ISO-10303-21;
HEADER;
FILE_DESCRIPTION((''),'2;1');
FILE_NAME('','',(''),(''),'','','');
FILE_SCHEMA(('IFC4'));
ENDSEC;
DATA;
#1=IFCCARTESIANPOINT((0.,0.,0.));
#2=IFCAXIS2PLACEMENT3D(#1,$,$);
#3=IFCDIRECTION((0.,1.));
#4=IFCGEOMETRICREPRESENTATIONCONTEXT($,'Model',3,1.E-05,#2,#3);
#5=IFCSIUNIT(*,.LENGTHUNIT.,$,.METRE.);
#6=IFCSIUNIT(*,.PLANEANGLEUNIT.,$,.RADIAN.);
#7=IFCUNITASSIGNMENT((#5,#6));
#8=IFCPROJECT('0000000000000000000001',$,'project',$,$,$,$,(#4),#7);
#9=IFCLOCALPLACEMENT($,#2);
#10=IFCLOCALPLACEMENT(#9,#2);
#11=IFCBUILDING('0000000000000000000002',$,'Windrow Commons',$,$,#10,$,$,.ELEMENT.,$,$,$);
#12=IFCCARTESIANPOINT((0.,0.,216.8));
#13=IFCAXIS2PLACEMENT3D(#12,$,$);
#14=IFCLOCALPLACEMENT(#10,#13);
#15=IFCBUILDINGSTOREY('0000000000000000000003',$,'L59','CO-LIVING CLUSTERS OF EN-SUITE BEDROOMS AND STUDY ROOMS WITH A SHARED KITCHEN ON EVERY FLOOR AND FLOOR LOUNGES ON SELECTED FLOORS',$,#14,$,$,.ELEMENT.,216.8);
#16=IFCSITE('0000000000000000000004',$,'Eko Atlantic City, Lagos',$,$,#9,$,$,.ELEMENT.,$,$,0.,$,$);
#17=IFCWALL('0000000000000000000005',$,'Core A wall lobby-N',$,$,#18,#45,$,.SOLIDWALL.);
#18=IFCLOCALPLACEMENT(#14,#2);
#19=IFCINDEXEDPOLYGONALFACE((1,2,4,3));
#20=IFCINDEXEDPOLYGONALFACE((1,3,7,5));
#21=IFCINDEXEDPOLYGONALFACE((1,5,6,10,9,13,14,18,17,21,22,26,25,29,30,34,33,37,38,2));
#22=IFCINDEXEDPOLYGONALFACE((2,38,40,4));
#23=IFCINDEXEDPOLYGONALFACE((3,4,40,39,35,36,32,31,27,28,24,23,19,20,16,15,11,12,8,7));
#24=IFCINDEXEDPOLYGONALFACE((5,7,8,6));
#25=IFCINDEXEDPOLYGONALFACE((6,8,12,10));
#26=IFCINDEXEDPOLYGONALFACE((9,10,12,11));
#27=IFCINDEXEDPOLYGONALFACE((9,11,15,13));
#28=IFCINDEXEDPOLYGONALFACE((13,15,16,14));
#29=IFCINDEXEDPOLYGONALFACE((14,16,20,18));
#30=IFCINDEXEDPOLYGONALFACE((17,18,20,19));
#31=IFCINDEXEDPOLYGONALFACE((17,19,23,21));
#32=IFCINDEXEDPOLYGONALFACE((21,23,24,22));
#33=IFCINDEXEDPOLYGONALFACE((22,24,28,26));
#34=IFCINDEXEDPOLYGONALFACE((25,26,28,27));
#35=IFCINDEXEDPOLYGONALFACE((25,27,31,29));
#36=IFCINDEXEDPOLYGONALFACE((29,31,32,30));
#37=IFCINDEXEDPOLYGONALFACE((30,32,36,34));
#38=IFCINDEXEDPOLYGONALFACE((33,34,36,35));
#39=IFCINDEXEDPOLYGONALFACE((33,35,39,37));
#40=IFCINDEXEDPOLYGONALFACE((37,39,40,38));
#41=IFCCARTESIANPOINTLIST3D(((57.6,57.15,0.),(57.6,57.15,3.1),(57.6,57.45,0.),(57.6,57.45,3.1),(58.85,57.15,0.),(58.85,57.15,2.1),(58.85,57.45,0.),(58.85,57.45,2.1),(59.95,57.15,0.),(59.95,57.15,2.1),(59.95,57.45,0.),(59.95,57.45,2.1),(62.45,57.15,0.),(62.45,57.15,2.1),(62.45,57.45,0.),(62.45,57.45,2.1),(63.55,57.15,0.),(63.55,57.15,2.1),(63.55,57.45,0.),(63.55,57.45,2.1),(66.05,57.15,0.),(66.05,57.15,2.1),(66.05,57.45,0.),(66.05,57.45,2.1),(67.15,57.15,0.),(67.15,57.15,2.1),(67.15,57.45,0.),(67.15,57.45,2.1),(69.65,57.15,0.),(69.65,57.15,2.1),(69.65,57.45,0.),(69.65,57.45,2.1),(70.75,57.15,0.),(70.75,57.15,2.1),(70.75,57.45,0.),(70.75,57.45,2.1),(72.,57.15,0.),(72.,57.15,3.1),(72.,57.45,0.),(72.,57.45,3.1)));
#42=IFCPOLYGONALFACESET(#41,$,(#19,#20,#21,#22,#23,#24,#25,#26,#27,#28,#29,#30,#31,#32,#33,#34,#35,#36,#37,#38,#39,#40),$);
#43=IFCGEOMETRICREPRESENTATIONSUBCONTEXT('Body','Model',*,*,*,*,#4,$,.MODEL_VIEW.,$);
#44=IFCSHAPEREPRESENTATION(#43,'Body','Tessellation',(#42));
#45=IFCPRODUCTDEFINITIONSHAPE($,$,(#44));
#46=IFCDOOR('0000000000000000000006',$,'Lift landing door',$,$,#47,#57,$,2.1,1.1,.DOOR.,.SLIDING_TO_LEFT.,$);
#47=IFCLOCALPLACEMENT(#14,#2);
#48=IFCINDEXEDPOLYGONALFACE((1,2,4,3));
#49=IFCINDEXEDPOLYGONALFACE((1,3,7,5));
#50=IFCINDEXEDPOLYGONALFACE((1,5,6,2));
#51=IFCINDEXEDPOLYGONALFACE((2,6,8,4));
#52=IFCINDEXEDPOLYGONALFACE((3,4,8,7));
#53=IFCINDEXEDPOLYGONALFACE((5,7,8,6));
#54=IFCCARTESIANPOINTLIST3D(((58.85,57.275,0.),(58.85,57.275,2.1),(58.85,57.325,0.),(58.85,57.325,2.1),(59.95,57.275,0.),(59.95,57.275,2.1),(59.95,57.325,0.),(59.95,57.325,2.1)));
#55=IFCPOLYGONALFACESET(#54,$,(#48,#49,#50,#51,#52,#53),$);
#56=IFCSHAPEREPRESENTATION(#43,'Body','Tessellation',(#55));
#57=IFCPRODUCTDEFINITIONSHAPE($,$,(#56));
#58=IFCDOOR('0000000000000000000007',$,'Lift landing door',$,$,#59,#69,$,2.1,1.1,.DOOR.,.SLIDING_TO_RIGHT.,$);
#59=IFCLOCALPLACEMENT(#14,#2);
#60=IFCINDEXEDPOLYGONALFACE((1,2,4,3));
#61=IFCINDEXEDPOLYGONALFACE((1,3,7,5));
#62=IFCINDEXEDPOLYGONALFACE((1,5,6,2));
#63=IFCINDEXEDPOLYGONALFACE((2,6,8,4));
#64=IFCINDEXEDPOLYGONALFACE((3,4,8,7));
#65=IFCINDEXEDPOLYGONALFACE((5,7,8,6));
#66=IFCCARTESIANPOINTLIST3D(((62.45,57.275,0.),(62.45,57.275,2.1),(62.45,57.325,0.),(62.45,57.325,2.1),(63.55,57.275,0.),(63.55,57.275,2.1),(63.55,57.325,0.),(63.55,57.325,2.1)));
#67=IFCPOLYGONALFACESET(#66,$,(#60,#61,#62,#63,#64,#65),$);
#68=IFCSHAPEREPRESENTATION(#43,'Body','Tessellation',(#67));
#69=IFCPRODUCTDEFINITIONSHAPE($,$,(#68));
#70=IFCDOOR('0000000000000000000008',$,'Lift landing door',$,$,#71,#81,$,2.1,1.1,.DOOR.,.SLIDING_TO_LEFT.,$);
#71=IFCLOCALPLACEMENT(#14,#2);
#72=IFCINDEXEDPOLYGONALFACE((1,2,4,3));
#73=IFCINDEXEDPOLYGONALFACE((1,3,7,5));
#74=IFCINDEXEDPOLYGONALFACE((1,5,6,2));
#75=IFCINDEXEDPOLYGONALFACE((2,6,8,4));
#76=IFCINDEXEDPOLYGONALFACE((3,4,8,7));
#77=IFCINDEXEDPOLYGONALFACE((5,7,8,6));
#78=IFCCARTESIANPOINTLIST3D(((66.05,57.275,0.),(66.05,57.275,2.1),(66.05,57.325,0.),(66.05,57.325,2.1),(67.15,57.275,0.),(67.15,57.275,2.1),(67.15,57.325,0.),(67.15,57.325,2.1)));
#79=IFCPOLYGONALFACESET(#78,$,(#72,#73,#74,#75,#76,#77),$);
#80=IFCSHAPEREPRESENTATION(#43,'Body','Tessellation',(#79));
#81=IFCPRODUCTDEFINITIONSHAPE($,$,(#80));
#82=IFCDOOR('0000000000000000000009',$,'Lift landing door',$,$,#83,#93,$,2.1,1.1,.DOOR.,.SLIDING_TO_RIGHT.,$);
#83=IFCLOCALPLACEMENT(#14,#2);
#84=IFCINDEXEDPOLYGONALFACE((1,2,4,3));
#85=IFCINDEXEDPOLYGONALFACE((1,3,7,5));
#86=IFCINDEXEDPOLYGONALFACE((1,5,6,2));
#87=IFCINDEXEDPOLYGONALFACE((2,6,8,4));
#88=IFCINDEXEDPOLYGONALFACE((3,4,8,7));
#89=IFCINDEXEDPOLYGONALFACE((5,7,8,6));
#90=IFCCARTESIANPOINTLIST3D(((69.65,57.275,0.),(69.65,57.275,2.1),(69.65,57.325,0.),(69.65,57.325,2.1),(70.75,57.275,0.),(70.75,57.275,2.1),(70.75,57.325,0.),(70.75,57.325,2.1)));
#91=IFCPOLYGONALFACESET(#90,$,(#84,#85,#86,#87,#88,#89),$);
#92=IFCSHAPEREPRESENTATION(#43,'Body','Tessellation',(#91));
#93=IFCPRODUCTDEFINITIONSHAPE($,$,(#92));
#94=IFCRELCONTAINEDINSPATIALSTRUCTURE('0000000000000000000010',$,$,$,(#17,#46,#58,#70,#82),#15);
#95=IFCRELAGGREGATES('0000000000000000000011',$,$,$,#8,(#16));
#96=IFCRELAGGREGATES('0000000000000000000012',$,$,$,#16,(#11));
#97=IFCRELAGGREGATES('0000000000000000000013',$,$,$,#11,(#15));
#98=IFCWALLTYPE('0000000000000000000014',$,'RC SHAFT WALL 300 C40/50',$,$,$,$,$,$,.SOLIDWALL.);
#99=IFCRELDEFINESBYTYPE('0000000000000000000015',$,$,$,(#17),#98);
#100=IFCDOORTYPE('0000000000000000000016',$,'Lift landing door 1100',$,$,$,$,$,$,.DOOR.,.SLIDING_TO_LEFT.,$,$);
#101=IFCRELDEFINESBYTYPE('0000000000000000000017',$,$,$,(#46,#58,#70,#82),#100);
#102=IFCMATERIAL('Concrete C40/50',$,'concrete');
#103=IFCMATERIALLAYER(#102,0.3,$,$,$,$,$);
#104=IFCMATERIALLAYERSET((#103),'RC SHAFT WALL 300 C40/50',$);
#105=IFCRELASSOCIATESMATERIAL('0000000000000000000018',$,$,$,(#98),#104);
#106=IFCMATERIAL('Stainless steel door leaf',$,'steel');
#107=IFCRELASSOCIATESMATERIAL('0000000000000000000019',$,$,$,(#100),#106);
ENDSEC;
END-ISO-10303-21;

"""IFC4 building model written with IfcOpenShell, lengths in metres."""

from ifc_helpers import new_model, si_unit, direction, frame, frame_2d, origin, place, context, subcontext, project, spatial, rectangle, extrude, material, layer, layer_set, type_object, element, fill, save


model = new_model("IFC4")

# Units and contexts
model_context = context("Model", 3, precision=1e-05, world=origin(), true_north=direction((0.0, 1.0)))
body_context = subcontext(model_context, "Body", "Model", "MODEL_VIEW")
ifc_project = project(units=[si_unit("LENGTHUNIT", "METRE"), si_unit("PLANEANGLEUNIT", "RADIAN")], contexts=[model_context])

# Site, building, storey
site_placement = place(None, origin())
site = spatial("IfcSite", under=ifc_project, at=site_placement, Name="Eko Atlantic City, Lagos", CompositionType="ELEMENT", RefElevation=0.0)
building_placement = place(site_placement, origin())
building = spatial("IfcBuilding", under=site, at=building_placement, Name="Windrow Commons", CompositionType="ELEMENT")
storey_placement = place(building_placement, frame((0.0, 0.0, 216.8)))
storey = spatial("IfcBuildingStorey", under=building, at=storey_placement, Name="L59", Description="CO-LIVING CLUSTERS OF EN-SUITE BEDROOMS AND STUDY ROOMS WITH A SHARED KITCHEN ON EVERY FLOOR AND FLOOR LOUNGES ON SELECTED FLOORS", CompositionType="ELEMENT", Elevation=216.8)

# Wall, openings, doors
ifc_material_1 = material(Name="Concrete C40/50", Category="concrete")
ifc_layer_1 = layer(ifc_material_1, 0.3)
ifc_layer_set_1 = layer_set([ifc_layer_1], Name="RC SHAFT WALL 300 C40/50")
wall_type_1 = type_object("IfcWallType", Name="RC SHAFT WALL 300 C40/50", PredefinedType="SOLIDWALL", material=ifc_layer_set_1)
ifc_material_2 = material(Name="Stainless steel door leaf", Category="steel")
door_type_1 = type_object("IfcDoorType", Name="Lift landing door 1100", OperationType="SLIDING_TO_LEFT", PredefinedType="DOOR", material=ifc_material_2)
wall_1_placement = place(storey_placement, frame((57.6, 57.3, 0.0), z_axis=(0.0, 0.0, 1.0), x_axis=(1.0, 0.0, 0.0)))
wall_1 = element("IfcWall", 1, at=wall_1_placement, inside=storey, type_object=wall_type_1, Name="Core A wall lobby-N", PredefinedType="SOLIDWALL", context=body_context, shape_type="SweptSolid", body=[
    extrude(rectangle(XDim=14.4, YDim=0.3, at=frame_2d((7.2, 0.0))), origin(), (0.0, 0.0, 1.0), 3.1),
])
opening_1_placement = place(wall_1_placement, frame((1.25, 0.0, 0.0)))
opening_1 = element("IfcOpeningElement", 2, at=opening_1_placement, cuts=wall_1, PredefinedType="OPENING", context=body_context, shape_type="SweptSolid", body=[
    extrude(rectangle(XDim=1.1, YDim=2.1, at=frame_2d((0.55, 1.05))), frame((0.0, 0.16, 0.0), z_axis=(0.0, -1.0, 0.0), x_axis=(1.0, 0.0, 0.0)), (0.0, 0.0, 1.0), 0.32),
])
opening_2_placement = place(wall_1_placement, frame((4.85, 0.0, 0.0)))
opening_2 = element("IfcOpeningElement", 3, at=opening_2_placement, cuts=wall_1, PredefinedType="OPENING", context=body_context, shape_type="SweptSolid", body=[
    extrude(rectangle(XDim=1.1, YDim=2.1, at=frame_2d((0.55, 1.05))), frame((0.0, 0.16, 0.0), z_axis=(0.0, -1.0, 0.0), x_axis=(1.0, 0.0, 0.0)), (0.0, 0.0, 1.0), 0.32),
])
opening_3_placement = place(wall_1_placement, frame((8.45, 0.0, 0.0)))
opening_3 = element("IfcOpeningElement", 4, at=opening_3_placement, cuts=wall_1, PredefinedType="OPENING", context=body_context, shape_type="SweptSolid", body=[
    extrude(rectangle(XDim=1.1, YDim=2.1, at=frame_2d((0.55, 1.05))), frame((0.0, 0.16, 0.0), z_axis=(0.0, -1.0, 0.0), x_axis=(1.0, 0.0, 0.0)), (0.0, 0.0, 1.0), 0.32),
])
opening_4_placement = place(wall_1_placement, frame((12.05, 0.0, 0.0)))
opening_4 = element("IfcOpeningElement", 5, at=opening_4_placement, cuts=wall_1, PredefinedType="OPENING", context=body_context, shape_type="SweptSolid", body=[
    extrude(rectangle(XDim=1.1, YDim=2.1, at=frame_2d((0.55, 1.05))), frame((0.0, 0.16, 0.0), z_axis=(0.0, -1.0, 0.0), x_axis=(1.0, 0.0, 0.0)), (0.0, 0.0, 1.0), 0.32),
])
door_1_placement = place(opening_1_placement, origin())
door_1 = element("IfcDoor", 6, at=door_1_placement, inside=storey, type_object=door_type_1, Name="Lift landing door", OperationType="SLIDING_TO_LEFT", OverallHeight=2.1, OverallWidth=1.1, PredefinedType="DOOR", context=body_context, shape_type="SweptSolid", body=[
    extrude(rectangle(XDim=1.1, YDim=2.1, at=frame_2d((0.55, 1.05))), frame((0.0, 0.025, 0.0), z_axis=(0.0, -1.0, 0.0), x_axis=(1.0, 0.0, 0.0)), (0.0, 0.0, 1.0), 0.05),
])
fill(opening_1, door_1)
door_2_placement = place(opening_2_placement, origin())
door_2 = element("IfcDoor", 7, at=door_2_placement, inside=storey, type_object=door_type_1, Name="Lift landing door", OperationType="SLIDING_TO_RIGHT", OverallHeight=2.1, OverallWidth=1.1, PredefinedType="DOOR", context=body_context, shape_type="SweptSolid", body=[
    extrude(rectangle(XDim=1.1, YDim=2.1, at=frame_2d((0.55, 1.05))), frame((0.0, 0.025, 0.0), z_axis=(0.0, -1.0, 0.0), x_axis=(1.0, 0.0, 0.0)), (0.0, 0.0, 1.0), 0.05),
])
fill(opening_2, door_2)
door_3_placement = place(opening_3_placement, origin())
door_3 = element("IfcDoor", 8, at=door_3_placement, inside=storey, type_object=door_type_1, Name="Lift landing door", OperationType="SLIDING_TO_LEFT", OverallHeight=2.1, OverallWidth=1.1, PredefinedType="DOOR", context=body_context, shape_type="SweptSolid", body=[
    extrude(rectangle(XDim=1.1, YDim=2.1, at=frame_2d((0.55, 1.05))), frame((0.0, 0.025, 0.0), z_axis=(0.0, -1.0, 0.0), x_axis=(1.0, 0.0, 0.0)), (0.0, 0.0, 1.0), 0.05),
])
fill(opening_3, door_3)
door_4_placement = place(opening_4_placement, origin())
door_4 = element("IfcDoor", 9, at=door_4_placement, inside=storey, type_object=door_type_1, Name="Lift landing door", OperationType="SLIDING_TO_RIGHT", OverallHeight=2.1, OverallWidth=1.1, PredefinedType="DOOR", context=body_context, shape_type="SweptSolid", body=[
    extrude(rectangle(XDim=1.1, YDim=2.1, at=frame_2d((0.55, 1.05))), frame((0.0, 0.025, 0.0), z_axis=(0.0, -1.0, 0.0), x_axis=(1.0, 0.0, 0.0)), (0.0, 0.0, 1.0), 0.05),
])
fill(opening_4, door_4)

save(model, "model.ifc")
